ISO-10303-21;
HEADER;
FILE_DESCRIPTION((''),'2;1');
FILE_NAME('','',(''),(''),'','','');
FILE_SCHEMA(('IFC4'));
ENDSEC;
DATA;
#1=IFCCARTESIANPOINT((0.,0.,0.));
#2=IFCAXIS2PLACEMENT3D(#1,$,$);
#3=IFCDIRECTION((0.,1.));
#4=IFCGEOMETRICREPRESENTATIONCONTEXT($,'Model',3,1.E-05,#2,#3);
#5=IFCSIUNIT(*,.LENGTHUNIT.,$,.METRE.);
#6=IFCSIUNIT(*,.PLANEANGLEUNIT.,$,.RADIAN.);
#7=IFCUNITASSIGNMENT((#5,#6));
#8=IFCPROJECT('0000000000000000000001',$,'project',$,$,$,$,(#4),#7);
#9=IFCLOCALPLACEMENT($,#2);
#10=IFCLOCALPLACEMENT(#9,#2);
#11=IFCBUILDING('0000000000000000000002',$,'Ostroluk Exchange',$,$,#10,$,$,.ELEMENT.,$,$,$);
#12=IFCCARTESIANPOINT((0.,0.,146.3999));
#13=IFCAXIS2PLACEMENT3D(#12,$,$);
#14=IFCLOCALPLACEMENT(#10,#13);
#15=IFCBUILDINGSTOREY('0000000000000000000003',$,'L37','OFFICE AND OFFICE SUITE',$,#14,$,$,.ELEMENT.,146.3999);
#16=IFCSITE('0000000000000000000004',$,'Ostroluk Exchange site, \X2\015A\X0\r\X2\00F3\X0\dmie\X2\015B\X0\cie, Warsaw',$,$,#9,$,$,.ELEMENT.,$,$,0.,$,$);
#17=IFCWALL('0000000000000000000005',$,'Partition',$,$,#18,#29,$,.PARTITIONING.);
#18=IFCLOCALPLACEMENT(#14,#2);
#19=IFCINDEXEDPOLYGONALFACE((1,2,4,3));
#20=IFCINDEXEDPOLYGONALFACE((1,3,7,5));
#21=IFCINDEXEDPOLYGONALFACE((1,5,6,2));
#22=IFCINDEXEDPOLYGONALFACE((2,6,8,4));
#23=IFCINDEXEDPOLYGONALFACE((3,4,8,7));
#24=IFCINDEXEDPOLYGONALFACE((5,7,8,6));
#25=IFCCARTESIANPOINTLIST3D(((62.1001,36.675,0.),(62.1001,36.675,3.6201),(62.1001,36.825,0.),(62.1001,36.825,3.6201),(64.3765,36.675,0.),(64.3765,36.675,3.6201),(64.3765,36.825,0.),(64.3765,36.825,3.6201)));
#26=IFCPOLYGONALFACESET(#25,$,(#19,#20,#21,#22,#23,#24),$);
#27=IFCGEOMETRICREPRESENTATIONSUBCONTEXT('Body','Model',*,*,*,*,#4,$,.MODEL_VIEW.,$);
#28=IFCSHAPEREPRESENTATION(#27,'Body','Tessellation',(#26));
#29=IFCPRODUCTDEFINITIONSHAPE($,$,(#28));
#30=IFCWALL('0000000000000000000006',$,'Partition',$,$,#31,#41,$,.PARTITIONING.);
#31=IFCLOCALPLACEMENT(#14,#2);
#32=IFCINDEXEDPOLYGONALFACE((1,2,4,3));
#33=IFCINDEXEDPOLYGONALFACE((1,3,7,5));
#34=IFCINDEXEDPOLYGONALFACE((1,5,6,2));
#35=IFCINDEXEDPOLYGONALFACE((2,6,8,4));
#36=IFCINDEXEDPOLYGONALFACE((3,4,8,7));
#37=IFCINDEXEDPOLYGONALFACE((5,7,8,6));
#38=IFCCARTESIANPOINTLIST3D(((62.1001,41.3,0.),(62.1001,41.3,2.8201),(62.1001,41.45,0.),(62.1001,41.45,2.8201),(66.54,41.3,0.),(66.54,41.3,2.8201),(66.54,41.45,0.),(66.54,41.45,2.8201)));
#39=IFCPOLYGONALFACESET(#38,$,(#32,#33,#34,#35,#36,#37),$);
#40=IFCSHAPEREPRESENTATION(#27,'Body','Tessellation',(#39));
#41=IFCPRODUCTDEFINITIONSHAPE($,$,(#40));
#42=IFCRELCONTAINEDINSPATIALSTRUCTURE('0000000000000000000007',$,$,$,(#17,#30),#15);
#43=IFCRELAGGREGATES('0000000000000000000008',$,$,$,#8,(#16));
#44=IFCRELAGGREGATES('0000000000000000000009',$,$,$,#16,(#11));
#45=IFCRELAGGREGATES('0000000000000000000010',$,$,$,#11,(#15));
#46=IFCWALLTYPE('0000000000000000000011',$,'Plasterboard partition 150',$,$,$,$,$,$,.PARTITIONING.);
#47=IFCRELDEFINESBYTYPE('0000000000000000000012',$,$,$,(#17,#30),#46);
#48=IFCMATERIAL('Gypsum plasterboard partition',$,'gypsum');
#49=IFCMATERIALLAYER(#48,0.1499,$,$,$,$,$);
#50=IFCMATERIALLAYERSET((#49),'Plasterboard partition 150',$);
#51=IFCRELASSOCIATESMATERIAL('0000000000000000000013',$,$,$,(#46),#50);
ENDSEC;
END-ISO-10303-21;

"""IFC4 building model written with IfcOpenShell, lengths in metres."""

from ifc_helpers import new_model, si_unit, direction, frame, frame_2d, origin, place, context, subcontext, project, spatial, rectangle, extrude, material, layer, layer_set, type_object, element, save


model = new_model("IFC4")

# Units and contexts
model_context = context("Model", 3, precision=1e-05, world=origin(), true_north=direction((0.0, 1.0)))
body_context = subcontext(model_context, "Body", "Model", "MODEL_VIEW")
ifc_project = project(units=[si_unit("LENGTHUNIT", "METRE"), si_unit("PLANEANGLEUNIT", "RADIAN")], contexts=[model_context])

# Site, building, storey
site_placement = place(None, origin())
site = spatial("IfcSite", under=ifc_project, at=site_placement, Name="Ostroluk Exchange site, Śródmieście, Warsaw", CompositionType="ELEMENT", RefElevation=0.0)
building_placement = place(site_placement, origin())
building = spatial("IfcBuilding", under=site, at=building_placement, Name="Ostroluk Exchange", CompositionType="ELEMENT")
storey_placement = place(building_placement, frame((0.0, 0.0, 146.3999)))
storey = spatial("IfcBuildingStorey", under=building, at=storey_placement, Name="L37", Description="OFFICE AND OFFICE SUITE", CompositionType="ELEMENT", Elevation=146.3999)

# Shared definitions
ifc_material_1 = material(Name="Gypsum plasterboard partition", Category="gypsum")
ifc_layer_1 = layer(ifc_material_1, 0.1499)
ifc_layer_set_1 = layer_set([ifc_layer_1], Name="Plasterboard partition 150")
wall_type = type_object("IfcWallType", Name="Plasterboard partition 150", PredefinedType="PARTITIONING", material=ifc_layer_set_1)

# Walls
wall_1_placement = place(storey_placement, frame((62.1001, 36.75, 0.0), z_axis=(0.0, 0.0, 1.0), x_axis=(1.0, 0.0, 0.0)))
element("IfcWall", 1, at=wall_1_placement, inside=storey, type_object=wall_type, Name="Partition", PredefinedType="PARTITIONING", context=body_context, shape_type="SweptSolid", body=[
    extrude(rectangle(XDim=2.2764, YDim=0.1499, at=frame_2d((1.1382, 0.0))), origin(), (0.0, 0.0, 1.0), 3.6201),
])
wall_2_placement = place(storey_placement, frame((62.1001, 41.375, 0.0), z_axis=(0.0, 0.0, 1.0), x_axis=(1.0, 0.0, 0.0)))
element("IfcWall", 2, at=wall_2_placement, inside=storey, type_object=wall_type, Name="Partition", PredefinedType="PARTITIONING", context=body_context, shape_type="SweptSolid", body=[
    extrude(rectangle(XDim=4.4399, YDim=0.1499, at=frame_2d((2.22, 0.0))), origin(), (0.0, 0.0, 1.0), 2.8201),
])

save(model, "model.ifc")
